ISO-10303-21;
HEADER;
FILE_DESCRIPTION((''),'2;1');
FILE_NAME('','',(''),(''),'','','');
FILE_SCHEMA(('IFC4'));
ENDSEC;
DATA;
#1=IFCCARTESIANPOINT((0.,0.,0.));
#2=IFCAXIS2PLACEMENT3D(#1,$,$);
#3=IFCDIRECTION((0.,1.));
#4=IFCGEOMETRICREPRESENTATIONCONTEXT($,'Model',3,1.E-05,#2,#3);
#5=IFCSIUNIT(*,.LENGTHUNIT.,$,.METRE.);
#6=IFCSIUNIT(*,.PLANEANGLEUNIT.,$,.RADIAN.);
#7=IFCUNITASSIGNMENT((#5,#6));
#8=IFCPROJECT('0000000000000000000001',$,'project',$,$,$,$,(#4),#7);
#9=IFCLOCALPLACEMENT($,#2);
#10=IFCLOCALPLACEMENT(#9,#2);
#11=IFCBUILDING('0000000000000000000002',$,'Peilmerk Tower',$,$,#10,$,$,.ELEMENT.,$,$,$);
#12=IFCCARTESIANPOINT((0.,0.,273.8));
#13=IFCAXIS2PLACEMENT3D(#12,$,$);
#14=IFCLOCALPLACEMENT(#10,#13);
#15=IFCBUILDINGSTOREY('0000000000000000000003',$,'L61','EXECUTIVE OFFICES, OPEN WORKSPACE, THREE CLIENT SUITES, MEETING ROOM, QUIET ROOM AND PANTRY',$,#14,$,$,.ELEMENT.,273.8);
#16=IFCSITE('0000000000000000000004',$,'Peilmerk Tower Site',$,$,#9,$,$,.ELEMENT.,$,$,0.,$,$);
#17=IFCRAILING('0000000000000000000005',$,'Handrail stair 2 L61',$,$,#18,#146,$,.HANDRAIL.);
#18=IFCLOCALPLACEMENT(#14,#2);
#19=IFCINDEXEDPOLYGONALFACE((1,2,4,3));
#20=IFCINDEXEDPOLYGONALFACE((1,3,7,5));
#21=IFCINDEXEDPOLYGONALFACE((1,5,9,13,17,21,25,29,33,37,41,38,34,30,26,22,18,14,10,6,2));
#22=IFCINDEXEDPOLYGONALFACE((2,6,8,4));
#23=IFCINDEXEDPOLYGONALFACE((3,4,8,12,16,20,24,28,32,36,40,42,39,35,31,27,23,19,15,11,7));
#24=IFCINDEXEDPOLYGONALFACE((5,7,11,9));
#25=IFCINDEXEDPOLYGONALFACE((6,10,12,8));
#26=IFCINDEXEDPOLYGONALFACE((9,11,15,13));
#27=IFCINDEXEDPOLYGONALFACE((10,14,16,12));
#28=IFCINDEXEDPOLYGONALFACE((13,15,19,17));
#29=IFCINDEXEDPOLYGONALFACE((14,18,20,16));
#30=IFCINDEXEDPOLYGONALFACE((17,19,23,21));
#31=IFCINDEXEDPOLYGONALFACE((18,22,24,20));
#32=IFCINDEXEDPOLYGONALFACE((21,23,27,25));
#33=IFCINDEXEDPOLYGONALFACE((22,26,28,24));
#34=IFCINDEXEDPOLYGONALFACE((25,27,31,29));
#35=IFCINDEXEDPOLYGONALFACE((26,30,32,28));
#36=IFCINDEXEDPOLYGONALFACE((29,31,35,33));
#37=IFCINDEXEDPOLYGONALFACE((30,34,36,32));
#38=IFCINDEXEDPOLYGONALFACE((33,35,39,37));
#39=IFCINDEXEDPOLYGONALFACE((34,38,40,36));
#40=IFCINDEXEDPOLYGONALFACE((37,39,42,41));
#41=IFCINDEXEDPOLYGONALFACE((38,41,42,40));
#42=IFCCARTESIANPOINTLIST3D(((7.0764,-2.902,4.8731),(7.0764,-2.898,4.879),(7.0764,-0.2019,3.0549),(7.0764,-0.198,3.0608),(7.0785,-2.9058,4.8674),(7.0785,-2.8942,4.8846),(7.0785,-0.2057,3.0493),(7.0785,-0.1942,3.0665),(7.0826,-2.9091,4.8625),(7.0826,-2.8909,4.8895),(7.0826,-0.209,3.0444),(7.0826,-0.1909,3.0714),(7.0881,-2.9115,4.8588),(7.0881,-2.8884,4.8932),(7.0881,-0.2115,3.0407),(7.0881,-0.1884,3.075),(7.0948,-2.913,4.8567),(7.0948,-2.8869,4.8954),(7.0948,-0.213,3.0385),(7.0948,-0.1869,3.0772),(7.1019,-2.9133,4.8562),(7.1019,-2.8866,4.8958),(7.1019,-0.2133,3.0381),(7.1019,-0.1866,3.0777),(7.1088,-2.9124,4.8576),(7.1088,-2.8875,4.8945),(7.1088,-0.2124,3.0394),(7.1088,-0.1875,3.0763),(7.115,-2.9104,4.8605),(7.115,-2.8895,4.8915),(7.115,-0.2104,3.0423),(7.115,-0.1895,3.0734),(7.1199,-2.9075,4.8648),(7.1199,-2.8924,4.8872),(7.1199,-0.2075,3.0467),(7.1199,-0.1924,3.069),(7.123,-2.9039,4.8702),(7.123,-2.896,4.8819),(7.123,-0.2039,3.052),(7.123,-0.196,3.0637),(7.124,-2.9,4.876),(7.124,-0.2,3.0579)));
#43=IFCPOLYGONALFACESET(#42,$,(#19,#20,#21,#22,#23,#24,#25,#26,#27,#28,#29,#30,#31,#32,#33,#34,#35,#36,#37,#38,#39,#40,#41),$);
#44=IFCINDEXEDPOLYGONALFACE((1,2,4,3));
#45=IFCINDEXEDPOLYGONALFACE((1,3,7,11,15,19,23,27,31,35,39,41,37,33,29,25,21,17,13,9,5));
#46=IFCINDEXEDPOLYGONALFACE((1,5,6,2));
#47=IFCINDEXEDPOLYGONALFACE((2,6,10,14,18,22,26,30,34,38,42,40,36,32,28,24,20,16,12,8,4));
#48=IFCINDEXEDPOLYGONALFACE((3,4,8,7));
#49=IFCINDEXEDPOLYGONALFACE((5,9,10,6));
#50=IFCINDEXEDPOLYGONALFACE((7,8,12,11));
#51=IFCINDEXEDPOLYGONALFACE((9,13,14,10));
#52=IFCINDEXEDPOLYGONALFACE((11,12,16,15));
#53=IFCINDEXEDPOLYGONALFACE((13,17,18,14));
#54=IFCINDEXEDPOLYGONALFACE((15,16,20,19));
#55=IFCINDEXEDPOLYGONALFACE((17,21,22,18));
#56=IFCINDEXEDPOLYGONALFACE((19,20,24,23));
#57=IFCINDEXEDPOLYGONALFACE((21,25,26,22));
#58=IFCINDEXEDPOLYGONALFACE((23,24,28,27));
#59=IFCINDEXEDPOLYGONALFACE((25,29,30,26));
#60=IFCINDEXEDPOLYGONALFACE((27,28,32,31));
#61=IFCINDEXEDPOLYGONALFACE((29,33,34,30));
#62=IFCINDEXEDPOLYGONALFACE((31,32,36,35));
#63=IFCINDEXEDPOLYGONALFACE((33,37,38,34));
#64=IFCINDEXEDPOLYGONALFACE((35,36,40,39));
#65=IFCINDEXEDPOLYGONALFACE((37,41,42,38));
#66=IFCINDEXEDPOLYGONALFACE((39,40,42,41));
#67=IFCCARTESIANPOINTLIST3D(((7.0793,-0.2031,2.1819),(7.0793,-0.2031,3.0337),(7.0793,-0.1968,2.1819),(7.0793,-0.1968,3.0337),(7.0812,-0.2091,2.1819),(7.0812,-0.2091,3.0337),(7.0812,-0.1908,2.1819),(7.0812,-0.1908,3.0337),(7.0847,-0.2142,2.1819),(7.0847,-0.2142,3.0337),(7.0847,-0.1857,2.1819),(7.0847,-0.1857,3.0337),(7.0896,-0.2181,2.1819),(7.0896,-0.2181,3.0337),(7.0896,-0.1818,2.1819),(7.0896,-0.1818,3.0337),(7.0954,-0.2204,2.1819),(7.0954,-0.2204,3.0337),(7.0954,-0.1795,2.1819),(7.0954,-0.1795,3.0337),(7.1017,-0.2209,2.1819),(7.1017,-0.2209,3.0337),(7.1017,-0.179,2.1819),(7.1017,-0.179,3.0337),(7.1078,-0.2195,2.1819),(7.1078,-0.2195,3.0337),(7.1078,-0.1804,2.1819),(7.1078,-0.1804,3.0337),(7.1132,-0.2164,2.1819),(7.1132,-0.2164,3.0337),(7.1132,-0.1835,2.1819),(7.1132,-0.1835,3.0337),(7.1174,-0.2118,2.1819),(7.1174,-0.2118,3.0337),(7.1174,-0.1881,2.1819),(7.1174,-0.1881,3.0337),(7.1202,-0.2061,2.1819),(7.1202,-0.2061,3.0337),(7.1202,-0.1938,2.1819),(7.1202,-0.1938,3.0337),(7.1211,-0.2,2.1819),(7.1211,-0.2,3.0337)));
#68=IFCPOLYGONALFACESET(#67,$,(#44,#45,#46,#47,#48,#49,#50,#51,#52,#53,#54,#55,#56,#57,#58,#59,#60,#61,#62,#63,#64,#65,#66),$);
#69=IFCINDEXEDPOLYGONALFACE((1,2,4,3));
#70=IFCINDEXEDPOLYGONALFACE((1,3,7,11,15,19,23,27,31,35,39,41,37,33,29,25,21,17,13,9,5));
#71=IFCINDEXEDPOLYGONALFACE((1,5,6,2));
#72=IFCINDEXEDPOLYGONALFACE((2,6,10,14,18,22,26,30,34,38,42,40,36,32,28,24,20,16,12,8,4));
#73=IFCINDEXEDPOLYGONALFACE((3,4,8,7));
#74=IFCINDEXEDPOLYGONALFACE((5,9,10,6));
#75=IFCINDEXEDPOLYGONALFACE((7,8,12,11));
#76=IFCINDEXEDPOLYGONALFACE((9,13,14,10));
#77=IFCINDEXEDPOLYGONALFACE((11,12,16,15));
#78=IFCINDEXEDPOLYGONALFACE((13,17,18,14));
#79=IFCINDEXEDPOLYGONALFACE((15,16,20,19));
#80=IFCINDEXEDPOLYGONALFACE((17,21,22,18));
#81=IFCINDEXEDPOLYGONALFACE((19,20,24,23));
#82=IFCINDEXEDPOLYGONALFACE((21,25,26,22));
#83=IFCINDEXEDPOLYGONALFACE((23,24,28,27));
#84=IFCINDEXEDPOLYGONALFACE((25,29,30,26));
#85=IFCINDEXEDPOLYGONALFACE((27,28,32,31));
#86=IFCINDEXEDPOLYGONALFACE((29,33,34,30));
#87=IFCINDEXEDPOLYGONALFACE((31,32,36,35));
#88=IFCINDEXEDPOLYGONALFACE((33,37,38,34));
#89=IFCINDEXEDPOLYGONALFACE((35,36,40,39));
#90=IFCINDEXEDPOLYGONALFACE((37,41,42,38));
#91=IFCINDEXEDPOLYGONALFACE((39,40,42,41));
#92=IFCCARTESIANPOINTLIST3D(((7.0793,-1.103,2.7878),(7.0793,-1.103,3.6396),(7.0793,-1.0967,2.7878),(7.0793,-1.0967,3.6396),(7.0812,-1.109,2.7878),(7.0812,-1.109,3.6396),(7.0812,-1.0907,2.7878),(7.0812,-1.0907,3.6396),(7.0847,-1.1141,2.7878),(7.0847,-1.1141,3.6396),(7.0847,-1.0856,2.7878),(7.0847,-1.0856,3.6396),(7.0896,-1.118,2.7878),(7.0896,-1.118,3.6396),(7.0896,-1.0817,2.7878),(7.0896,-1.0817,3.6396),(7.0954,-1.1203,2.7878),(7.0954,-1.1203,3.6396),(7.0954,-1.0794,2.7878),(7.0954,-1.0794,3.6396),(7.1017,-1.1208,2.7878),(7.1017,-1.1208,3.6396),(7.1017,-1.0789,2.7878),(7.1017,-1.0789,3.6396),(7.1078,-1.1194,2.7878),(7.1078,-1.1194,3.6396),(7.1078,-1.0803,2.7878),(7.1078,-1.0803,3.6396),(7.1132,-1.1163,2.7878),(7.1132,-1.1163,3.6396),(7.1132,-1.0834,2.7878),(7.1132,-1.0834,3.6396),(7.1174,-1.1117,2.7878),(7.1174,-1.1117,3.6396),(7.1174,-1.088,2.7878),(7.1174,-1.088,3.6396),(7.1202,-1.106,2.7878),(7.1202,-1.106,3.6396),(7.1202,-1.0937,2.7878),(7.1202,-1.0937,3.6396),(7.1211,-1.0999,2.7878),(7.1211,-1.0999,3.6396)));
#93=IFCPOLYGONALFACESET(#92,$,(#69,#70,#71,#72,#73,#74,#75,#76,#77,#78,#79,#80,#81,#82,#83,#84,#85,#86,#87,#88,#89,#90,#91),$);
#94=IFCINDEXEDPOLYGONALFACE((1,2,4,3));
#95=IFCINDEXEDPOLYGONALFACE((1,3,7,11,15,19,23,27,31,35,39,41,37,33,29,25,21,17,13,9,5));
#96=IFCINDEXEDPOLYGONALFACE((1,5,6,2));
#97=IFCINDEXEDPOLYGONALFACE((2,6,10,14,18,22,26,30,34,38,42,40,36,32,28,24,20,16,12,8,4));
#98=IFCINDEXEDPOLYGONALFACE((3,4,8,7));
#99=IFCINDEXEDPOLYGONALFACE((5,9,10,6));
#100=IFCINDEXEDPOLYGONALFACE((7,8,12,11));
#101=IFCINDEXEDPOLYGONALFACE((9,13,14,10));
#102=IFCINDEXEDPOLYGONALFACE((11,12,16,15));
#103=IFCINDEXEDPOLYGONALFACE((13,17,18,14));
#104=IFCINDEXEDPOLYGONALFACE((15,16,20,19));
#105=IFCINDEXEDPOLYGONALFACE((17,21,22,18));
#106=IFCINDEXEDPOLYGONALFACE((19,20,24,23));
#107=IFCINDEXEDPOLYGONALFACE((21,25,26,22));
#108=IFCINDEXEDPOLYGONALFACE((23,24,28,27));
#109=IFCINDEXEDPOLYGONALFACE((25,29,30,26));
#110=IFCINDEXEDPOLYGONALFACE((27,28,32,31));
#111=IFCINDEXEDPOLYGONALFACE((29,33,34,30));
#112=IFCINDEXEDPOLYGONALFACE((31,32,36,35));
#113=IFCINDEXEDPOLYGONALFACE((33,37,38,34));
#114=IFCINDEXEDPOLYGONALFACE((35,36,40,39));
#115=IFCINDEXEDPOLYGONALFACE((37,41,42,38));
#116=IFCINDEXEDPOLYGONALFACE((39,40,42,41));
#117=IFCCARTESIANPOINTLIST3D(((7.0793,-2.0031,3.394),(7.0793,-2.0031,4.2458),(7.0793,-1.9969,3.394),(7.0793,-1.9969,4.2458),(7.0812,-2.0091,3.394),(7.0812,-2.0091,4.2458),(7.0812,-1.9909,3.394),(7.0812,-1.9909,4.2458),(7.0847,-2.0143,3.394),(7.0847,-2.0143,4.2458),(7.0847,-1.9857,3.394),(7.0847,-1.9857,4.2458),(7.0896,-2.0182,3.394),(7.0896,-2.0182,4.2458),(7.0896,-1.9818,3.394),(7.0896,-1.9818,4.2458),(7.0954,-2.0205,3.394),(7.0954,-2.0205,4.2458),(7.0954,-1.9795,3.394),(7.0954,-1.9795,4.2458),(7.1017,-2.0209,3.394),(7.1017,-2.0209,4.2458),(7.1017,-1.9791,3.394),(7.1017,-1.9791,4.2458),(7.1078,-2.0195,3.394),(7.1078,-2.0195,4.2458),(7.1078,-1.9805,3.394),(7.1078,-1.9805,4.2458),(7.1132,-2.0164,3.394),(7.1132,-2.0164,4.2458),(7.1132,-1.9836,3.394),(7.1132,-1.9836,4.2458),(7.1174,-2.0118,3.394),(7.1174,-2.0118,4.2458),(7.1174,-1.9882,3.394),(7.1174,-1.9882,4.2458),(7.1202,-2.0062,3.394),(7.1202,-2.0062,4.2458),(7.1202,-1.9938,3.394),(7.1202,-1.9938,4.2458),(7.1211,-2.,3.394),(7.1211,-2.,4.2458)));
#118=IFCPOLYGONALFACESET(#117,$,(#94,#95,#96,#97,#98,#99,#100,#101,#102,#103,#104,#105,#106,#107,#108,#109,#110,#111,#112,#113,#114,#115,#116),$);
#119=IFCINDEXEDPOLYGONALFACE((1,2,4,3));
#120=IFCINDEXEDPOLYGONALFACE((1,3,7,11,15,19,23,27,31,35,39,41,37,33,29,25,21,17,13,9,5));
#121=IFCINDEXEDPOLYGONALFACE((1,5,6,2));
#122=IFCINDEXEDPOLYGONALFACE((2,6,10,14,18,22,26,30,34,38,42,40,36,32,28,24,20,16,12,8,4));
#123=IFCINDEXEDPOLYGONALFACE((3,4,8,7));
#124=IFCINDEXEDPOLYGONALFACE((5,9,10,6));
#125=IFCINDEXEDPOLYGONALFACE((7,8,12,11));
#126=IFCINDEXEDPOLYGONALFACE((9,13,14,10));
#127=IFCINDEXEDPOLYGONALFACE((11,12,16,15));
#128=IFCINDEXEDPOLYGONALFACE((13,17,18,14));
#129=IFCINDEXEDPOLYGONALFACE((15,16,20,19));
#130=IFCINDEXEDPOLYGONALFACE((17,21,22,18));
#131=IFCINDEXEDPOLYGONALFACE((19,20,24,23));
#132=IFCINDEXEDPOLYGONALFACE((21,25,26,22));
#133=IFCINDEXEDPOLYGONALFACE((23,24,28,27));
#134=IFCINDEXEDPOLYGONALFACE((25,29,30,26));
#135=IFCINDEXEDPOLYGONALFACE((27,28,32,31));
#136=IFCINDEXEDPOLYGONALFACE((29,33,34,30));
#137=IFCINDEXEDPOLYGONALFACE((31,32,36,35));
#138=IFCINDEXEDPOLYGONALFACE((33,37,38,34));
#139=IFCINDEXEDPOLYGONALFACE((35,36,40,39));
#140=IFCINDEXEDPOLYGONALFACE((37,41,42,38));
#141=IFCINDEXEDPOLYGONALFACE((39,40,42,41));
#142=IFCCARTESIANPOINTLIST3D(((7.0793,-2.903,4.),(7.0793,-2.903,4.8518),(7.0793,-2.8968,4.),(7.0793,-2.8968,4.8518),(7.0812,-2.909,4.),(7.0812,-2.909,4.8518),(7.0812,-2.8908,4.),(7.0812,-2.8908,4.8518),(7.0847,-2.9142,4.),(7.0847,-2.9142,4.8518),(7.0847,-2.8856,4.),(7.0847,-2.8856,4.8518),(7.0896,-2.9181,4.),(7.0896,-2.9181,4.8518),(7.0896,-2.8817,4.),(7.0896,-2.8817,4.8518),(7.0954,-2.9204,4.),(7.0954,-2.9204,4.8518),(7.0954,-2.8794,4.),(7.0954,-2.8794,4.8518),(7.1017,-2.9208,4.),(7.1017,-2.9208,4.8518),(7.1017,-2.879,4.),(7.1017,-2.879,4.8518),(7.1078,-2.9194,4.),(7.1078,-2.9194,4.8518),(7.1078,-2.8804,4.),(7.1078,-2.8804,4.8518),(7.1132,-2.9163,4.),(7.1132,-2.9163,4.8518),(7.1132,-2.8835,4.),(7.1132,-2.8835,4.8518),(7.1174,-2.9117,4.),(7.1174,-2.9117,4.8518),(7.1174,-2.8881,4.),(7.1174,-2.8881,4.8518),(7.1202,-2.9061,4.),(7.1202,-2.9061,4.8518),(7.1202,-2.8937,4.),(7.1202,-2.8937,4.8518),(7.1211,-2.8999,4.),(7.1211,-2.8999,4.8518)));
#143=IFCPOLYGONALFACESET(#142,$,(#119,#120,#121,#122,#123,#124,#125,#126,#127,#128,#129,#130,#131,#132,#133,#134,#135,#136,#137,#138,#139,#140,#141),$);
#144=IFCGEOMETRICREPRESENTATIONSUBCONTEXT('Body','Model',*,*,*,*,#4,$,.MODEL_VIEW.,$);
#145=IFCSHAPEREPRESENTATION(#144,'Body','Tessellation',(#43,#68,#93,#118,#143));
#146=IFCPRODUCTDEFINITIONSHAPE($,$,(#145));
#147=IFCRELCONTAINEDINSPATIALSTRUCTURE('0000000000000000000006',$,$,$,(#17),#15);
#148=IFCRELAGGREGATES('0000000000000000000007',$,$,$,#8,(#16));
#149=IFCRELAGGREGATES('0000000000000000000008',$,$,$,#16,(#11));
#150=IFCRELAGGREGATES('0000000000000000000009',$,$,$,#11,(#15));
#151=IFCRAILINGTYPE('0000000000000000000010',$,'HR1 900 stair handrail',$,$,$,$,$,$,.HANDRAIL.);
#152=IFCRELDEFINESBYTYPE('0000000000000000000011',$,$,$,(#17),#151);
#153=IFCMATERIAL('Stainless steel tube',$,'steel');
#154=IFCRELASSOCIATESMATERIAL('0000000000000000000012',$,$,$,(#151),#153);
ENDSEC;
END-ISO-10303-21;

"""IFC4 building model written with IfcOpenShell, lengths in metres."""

from ifc_helpers import new_model, si_unit, direction, frame, origin, origin_2d, place, context, subcontext, project, spatial, circle, extrude, material, type_object, element, save


model = new_model("IFC4")

# Units and contexts
model_context = context("Model", 3, precision=1e-05, world=origin(), true_north=direction((0.0, 1.0)))
body_context = subcontext(model_context, "Body", "Model", "MODEL_VIEW")
ifc_project = project(units=[si_unit("LENGTHUNIT", "METRE"), si_unit("PLANEANGLEUNIT", "RADIAN")], contexts=[model_context])

# Site, building, storey
site_placement = place(None, origin())
site = spatial("IfcSite", under=ifc_project, at=site_placement, Name="Peilmerk Tower Site", CompositionType="ELEMENT", RefElevation=0.0)
building_placement = place(site_placement, origin())
building = spatial("IfcBuilding", under=site, at=building_placement, Name="Peilmerk Tower", CompositionType="ELEMENT")
storey_placement = place(building_placement, frame((0.0, 0.0, 273.8)))
storey = spatial("IfcBuildingStorey", under=building, at=storey_placement, Name="L61", Description="EXECUTIVE OFFICES, OPEN WORKSPACE, THREE CLIENT SUITES, MEETING ROOM, QUIET ROOM AND PANTRY", CompositionType="ELEMENT", Elevation=273.8)

# Railing
ifc_material_1 = material(Name="Stainless steel tube", Category="steel")
railing_type_1 = type_object("IfcRailingType", Name="HR1 900 stair handrail", PredefinedType="HANDRAIL", material=ifc_material_1)
railing_1_placement = place(storey_placement, frame((7.1001, -0.2, 2.1819)))
element("IfcRailing", 1, at=railing_1_placement, inside=storey, type_object=railing_type_1, Name="Handrail stair 2 L61", PredefinedType="HANDRAIL", context=body_context, shape_type="SweptSolid", body=[
    extrude(circle(Radius=0.0239, at=origin_2d()), frame((0.0, 0.0, 0.876), z_axis=(0.0, -0.829468, 0.558554), x_axis=(1.0, 0.0, 0.0)), (0.0, 0.0, 1.0), 3.2551),
    extrude(circle(Radius=0.021, at=origin_2d()), origin(), (0.0, 0.0, 1.0), 0.8518),
    extrude(circle(Radius=0.021, at=origin_2d()), frame((0.0, -0.8999, 0.606)), (0.0, 0.0, 1.0), 0.8518),
    extrude(circle(Radius=0.021, at=origin_2d()), frame((0.0, -1.8, 1.2122)), (0.0, 0.0, 1.0), 0.8518),
    extrude(circle(Radius=0.021, at=origin_2d()), frame((0.0, -2.7, 1.8181)), (0.0, 0.0, 1.0), 0.8518),
])

save(model, "model.ifc")
